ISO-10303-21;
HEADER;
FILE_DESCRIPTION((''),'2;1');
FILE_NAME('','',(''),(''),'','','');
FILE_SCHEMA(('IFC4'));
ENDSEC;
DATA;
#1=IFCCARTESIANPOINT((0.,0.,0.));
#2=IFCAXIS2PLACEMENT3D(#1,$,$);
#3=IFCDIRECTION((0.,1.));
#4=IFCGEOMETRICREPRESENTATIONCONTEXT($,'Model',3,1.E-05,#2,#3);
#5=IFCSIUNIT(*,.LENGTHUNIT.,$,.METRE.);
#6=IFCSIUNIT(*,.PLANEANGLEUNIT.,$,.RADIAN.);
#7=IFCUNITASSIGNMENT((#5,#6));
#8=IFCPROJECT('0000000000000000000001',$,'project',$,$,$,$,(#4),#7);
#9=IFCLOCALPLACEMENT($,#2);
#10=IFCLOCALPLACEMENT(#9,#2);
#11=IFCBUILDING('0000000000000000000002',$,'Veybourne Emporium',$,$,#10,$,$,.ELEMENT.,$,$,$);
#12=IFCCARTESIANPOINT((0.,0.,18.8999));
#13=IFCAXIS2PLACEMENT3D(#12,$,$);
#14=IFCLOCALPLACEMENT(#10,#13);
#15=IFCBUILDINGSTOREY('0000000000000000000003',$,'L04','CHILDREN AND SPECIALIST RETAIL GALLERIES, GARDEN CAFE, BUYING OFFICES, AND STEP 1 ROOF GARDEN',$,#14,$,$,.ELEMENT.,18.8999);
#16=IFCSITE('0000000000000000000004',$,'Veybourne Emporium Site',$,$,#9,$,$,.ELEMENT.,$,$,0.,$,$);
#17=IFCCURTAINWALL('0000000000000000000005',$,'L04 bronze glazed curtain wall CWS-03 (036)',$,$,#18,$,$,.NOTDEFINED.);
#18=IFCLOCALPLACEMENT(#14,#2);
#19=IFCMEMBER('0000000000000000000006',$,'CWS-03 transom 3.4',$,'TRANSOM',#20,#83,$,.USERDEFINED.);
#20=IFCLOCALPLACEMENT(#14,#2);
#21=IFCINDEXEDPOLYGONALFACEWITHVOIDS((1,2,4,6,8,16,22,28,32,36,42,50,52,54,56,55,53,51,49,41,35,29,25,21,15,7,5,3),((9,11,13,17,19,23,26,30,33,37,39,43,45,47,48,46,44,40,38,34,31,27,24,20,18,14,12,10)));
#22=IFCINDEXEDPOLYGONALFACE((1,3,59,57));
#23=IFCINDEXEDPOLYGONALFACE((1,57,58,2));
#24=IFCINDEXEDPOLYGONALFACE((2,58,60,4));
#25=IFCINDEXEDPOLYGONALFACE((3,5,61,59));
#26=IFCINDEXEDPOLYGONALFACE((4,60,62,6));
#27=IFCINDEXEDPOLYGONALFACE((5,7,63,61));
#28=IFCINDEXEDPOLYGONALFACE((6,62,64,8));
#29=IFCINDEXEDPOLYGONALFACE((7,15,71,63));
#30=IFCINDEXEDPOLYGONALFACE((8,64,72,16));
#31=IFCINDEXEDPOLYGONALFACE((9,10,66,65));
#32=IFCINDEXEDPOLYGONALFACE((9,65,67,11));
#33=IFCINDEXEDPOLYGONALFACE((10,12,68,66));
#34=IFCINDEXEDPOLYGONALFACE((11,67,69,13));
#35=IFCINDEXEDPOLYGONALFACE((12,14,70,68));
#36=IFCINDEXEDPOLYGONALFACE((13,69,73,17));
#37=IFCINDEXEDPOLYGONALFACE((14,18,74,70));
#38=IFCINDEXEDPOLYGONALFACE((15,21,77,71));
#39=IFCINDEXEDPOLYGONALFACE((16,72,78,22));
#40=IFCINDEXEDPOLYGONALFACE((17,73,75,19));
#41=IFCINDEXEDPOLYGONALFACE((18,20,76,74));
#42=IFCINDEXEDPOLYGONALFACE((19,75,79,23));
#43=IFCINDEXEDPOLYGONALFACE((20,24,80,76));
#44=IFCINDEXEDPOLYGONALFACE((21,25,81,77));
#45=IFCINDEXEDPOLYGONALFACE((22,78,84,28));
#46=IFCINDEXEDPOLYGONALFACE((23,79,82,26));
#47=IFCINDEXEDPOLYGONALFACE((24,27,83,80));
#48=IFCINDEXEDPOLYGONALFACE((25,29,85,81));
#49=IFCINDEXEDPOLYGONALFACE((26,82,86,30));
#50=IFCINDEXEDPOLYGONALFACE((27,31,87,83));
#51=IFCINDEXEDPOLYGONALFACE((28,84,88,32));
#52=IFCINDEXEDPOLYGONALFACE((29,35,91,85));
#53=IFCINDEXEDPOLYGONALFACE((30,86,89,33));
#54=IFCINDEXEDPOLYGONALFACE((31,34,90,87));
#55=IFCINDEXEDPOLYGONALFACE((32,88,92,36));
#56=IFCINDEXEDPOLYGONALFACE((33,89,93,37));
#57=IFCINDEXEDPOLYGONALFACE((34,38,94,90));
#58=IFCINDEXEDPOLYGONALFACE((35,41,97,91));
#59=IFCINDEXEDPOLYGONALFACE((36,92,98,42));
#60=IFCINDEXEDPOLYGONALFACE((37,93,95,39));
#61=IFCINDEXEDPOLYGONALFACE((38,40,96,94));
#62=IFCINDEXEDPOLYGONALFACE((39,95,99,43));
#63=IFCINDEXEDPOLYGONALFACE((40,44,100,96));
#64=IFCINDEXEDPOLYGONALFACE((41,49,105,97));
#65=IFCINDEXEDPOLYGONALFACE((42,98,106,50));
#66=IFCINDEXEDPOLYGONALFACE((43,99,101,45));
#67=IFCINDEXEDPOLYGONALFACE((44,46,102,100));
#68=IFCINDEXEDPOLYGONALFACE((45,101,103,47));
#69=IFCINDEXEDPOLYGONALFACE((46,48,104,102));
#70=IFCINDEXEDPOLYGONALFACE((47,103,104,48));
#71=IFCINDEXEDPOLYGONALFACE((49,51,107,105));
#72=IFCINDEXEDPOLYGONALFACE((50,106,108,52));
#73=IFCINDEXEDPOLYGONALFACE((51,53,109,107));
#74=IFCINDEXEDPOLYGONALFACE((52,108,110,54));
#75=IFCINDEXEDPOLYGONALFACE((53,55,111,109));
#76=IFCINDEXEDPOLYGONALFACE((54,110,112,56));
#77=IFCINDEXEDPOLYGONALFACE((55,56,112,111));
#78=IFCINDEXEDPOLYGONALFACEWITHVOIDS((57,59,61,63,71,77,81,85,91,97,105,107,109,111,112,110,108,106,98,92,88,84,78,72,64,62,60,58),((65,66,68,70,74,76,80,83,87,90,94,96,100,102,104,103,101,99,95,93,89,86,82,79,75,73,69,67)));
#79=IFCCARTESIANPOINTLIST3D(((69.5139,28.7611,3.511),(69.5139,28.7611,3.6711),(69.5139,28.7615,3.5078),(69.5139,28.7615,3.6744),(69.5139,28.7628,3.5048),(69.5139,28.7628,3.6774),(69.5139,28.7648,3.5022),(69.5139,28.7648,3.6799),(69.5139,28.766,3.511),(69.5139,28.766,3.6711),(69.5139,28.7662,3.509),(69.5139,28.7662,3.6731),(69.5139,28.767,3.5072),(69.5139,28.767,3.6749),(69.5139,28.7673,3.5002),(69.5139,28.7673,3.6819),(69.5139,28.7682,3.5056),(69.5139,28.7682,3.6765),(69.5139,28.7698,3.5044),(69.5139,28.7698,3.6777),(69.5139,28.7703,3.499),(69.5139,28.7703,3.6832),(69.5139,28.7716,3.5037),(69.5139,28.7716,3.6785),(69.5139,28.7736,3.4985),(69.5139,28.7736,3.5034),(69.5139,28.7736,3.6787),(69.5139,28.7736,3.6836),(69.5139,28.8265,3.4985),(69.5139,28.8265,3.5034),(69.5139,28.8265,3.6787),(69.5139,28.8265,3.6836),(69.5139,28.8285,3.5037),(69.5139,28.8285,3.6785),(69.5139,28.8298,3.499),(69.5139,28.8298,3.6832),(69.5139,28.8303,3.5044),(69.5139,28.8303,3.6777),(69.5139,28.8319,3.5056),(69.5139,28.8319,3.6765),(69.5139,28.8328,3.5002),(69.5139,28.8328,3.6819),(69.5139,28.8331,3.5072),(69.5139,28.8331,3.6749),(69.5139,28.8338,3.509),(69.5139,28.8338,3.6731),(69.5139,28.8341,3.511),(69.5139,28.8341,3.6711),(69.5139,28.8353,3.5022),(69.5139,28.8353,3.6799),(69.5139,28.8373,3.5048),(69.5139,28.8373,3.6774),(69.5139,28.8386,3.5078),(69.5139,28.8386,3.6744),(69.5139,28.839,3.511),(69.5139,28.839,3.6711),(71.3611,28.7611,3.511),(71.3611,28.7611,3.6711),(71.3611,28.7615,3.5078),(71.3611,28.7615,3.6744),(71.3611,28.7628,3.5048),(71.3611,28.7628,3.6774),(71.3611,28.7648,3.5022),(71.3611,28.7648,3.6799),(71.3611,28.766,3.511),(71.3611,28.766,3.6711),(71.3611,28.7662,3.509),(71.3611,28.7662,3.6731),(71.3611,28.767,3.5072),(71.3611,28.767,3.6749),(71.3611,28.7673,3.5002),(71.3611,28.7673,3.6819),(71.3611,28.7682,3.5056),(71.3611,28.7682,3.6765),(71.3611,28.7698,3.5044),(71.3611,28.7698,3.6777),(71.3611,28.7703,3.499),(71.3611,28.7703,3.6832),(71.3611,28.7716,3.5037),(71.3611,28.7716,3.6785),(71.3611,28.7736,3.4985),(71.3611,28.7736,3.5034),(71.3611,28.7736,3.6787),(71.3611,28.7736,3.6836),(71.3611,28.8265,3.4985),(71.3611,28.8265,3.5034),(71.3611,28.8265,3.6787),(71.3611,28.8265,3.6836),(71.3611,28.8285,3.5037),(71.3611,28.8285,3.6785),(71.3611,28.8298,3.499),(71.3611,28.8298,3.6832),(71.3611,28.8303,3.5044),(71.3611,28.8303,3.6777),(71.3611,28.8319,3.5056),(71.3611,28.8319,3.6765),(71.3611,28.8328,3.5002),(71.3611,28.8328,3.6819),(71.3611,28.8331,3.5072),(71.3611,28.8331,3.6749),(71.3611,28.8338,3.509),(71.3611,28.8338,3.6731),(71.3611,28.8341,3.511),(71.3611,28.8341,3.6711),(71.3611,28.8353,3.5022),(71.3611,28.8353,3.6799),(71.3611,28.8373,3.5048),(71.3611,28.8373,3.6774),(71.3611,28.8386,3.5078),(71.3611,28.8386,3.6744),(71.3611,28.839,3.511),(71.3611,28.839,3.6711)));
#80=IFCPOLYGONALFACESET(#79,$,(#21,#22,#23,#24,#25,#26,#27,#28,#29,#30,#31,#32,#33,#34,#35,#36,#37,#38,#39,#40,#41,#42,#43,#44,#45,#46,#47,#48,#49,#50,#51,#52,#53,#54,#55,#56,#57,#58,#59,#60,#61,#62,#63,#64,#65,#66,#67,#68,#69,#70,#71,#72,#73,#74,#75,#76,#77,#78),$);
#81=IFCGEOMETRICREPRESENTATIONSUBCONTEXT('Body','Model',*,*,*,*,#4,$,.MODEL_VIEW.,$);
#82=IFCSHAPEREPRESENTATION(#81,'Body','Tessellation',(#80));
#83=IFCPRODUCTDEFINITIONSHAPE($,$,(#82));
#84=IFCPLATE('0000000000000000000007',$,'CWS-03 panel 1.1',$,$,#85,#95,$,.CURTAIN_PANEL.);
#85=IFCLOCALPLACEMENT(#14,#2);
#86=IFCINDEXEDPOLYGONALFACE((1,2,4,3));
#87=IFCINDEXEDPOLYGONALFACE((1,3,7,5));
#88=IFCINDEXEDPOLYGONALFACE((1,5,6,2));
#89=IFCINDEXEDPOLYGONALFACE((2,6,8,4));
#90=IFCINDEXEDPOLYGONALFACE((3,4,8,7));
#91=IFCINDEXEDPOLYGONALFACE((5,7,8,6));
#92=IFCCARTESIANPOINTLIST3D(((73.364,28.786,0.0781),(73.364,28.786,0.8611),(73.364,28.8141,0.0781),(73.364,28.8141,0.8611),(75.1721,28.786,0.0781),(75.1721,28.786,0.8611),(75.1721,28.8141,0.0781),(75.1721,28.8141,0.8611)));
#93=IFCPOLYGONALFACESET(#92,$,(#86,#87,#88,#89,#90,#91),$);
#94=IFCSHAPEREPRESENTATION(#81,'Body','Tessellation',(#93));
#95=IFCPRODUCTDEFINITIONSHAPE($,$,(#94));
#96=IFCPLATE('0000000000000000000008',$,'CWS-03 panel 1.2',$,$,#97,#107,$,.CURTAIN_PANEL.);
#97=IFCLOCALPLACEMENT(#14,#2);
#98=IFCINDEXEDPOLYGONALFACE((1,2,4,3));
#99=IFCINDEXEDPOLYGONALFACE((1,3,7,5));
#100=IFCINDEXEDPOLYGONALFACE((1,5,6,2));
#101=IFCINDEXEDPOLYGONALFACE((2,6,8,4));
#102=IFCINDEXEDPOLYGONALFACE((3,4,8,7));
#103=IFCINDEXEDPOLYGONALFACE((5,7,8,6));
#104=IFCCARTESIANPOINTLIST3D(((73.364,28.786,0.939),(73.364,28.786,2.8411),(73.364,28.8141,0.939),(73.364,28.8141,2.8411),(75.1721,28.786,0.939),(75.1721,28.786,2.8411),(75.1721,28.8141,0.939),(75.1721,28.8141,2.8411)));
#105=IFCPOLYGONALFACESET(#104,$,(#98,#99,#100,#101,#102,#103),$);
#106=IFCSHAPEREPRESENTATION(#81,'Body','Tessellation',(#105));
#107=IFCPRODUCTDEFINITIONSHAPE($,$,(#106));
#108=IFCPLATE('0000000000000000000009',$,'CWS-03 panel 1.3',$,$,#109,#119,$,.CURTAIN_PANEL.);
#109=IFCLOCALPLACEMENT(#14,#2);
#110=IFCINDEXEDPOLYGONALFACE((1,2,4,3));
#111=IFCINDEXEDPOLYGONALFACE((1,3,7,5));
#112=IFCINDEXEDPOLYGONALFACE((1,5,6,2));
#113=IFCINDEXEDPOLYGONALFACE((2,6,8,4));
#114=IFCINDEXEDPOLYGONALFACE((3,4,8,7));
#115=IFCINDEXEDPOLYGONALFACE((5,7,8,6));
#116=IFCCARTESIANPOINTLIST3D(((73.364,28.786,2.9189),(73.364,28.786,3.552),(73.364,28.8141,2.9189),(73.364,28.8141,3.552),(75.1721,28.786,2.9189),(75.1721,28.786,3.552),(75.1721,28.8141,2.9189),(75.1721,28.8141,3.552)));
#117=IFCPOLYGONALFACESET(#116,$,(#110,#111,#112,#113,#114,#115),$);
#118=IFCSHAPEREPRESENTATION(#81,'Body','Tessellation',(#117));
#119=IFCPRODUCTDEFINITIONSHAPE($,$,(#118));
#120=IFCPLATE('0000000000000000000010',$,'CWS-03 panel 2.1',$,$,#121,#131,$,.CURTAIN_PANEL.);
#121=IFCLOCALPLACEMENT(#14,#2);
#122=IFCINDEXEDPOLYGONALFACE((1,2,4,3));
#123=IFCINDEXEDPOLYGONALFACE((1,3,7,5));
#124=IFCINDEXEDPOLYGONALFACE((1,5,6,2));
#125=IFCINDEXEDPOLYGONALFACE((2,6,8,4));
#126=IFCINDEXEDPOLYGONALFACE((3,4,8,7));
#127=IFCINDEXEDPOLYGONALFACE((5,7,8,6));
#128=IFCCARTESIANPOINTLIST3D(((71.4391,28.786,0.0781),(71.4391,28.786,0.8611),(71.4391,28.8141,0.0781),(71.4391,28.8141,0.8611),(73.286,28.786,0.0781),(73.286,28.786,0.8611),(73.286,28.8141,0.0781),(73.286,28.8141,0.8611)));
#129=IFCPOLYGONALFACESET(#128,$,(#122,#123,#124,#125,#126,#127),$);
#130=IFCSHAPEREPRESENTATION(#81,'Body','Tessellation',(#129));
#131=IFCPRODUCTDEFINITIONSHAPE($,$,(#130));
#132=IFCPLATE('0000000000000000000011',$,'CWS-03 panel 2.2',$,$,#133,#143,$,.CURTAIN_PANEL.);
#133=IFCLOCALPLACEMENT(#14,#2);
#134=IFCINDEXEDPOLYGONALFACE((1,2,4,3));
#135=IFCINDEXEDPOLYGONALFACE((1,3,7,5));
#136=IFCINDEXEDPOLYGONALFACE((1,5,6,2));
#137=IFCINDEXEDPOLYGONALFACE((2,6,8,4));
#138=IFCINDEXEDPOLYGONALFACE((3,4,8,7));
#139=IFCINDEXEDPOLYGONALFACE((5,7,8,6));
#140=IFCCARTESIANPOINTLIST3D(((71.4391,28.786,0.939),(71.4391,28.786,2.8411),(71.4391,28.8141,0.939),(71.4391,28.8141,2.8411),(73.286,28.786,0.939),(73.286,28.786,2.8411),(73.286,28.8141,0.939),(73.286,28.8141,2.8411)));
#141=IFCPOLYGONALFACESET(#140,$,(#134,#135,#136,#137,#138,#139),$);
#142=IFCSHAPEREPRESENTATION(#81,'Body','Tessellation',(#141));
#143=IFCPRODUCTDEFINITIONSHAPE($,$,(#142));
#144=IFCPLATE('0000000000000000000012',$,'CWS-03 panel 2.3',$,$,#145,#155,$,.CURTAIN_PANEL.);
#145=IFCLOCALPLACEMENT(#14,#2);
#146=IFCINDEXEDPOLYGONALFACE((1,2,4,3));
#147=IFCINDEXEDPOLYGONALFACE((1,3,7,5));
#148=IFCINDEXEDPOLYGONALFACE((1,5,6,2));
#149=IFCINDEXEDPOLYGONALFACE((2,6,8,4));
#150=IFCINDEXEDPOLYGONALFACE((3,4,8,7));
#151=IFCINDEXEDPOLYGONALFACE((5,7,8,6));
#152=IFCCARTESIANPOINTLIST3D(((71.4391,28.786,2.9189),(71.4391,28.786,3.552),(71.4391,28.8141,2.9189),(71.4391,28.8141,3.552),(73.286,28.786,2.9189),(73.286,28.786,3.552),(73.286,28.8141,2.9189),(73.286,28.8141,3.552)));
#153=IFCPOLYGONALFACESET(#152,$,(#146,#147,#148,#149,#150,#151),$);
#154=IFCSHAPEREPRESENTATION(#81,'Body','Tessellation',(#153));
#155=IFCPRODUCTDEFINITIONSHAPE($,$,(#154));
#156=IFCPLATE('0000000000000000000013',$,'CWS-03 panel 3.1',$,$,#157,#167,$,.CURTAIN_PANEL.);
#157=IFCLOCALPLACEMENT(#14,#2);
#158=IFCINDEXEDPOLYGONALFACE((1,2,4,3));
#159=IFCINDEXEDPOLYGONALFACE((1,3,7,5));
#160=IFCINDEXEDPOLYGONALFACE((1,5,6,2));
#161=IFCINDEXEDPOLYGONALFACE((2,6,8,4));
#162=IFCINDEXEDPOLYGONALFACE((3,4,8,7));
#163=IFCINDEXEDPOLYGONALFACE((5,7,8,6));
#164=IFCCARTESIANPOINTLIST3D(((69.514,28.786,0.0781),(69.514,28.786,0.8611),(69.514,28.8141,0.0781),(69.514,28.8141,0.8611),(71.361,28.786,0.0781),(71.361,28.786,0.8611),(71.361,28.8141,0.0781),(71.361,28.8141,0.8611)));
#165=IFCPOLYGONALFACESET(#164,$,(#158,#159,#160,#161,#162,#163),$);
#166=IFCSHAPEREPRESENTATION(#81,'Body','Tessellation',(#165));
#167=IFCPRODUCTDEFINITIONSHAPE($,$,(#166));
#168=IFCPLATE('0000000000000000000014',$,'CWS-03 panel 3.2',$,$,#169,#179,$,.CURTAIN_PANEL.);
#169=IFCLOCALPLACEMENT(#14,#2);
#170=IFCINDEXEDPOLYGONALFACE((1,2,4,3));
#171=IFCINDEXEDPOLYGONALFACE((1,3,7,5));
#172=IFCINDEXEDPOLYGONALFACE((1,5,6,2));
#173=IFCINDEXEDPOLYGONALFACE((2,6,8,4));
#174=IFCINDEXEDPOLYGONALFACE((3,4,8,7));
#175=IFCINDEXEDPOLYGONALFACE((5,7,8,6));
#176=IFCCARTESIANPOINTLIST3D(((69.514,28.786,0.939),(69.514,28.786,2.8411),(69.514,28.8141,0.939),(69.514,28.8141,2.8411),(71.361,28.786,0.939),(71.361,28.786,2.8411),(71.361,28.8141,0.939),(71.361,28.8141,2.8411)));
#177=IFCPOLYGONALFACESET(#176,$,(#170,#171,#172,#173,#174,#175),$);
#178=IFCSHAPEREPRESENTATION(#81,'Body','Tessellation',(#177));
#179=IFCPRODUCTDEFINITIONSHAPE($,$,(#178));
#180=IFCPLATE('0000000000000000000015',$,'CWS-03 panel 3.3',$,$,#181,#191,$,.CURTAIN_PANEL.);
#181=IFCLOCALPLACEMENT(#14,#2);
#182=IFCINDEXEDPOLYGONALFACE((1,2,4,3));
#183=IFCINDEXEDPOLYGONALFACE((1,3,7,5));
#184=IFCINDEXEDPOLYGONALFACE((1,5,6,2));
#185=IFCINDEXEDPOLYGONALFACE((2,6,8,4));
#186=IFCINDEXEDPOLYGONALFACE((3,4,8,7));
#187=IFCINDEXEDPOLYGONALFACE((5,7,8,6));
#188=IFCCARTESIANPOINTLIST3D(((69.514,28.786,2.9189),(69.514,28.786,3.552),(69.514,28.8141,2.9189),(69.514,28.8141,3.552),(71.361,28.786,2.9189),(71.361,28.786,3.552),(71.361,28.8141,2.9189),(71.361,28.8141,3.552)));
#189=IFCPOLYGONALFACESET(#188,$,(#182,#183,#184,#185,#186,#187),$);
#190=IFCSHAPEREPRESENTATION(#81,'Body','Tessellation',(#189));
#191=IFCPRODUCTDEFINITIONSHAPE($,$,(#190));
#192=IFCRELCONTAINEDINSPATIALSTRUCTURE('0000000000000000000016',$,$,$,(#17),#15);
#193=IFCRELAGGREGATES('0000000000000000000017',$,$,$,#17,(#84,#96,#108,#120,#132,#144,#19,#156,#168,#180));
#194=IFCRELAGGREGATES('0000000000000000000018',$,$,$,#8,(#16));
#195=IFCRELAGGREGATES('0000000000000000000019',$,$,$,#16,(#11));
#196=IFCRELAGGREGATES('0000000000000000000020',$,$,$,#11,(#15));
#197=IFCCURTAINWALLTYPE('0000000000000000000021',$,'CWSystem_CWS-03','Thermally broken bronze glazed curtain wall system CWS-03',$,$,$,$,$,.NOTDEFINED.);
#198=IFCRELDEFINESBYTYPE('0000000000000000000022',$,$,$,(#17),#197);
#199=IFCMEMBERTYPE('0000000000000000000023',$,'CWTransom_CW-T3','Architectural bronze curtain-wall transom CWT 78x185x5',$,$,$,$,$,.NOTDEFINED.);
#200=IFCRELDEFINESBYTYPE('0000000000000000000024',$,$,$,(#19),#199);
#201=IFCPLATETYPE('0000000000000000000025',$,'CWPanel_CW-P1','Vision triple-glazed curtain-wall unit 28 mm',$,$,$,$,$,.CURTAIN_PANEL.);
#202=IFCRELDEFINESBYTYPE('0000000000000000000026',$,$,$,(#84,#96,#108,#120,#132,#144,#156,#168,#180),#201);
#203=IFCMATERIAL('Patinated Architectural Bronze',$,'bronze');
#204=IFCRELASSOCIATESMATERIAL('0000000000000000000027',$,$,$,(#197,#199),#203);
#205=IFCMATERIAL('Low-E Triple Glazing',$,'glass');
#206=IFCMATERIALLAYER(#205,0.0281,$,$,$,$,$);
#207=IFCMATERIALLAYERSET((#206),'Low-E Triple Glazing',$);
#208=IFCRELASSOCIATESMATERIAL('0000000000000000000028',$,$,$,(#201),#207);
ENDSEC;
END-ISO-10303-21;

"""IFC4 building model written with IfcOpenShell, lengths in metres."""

from ifc_helpers import new_model, si_unit, direction, frame, origin, origin_2d, place, context, subcontext, project, spatial, rectangle, hollow_rectangle, extrude, material, layer, layer_set, material_profile, profile_set, type_object, element, aggregate, save


model = new_model("IFC4")

# Units and contexts
model_context = context("Model", 3, precision=1e-05, world=origin(), true_north=direction((0.0, 1.0)))
body_context = subcontext(model_context, "Body", "Model", "MODEL_VIEW")
ifc_project = project(units=[si_unit("LENGTHUNIT", "METRE"), si_unit("PLANEANGLEUNIT", "RADIAN")], contexts=[model_context])

# Site, building, storey
site_placement = place(None, origin())
site = spatial("IfcSite", under=ifc_project, at=site_placement, Name="Veybourne Emporium Site", CompositionType="ELEMENT", RefElevation=0.0)
building_placement = place(site_placement, origin())
building = spatial("IfcBuilding", under=site, at=building_placement, Name="Veybourne Emporium", CompositionType="ELEMENT")
storey_placement = place(building_placement, frame((0.0, 0.0, 18.8999)))
storey = spatial("IfcBuildingStorey", under=building, at=storey_placement, Name="L04", Description="CHILDREN AND SPECIALIST RETAIL GALLERIES, GARDEN CAFE, BUYING OFFICES, AND STEP 1 ROOF GARDEN", CompositionType="ELEMENT", Elevation=18.8999)

# Curtain wall, member, plates
ifc_material_1 = material(Name="Patinated Architectural Bronze", Category="bronze")
curtain_wall_type = type_object("IfcCurtainWallType", Name="CWSystem_CWS-03", Description="Thermally broken bronze glazed curtain wall system CWS-03", PredefinedType="NOTDEFINED", material=ifc_material_1)
curtain_wall_placement = place(storey_placement, origin())
curtain_wall = element("IfcCurtainWall", 1, at=curtain_wall_placement, inside=storey, type_object=curtain_wall_type, Name="L04 bronze glazed curtain wall CWS-03 (036)", PredefinedType="NOTDEFINED")
ifc_material_profile_1 = material_profile(ifc_material_1, hollow_rectangle(XDim=0.0779, YDim=0.1851, WallThickness=0.0049, InnerFilletRadius=0.0076, OuterFilletRadius=0.0125, at=origin_2d()), Name="CWT 78x185x5")
ifc_profile_set_1 = profile_set([ifc_material_profile_1], Name="Patinated Architectural Bronze")
member_type_1 = type_object("IfcMemberType", Name="CWTransom_CW-T3", Description="Architectural bronze curtain-wall transom CWT 78x185x5", PredefinedType="NOTDEFINED", material=ifc_profile_set_1)
member_1_placement = place(storey_placement, frame((71.3611, 28.8, 3.5911), z_axis=(-1.0, 0.0, 0.0), x_axis=(0.0, -1.0, 0.0)))
member_1 = element("IfcMember", 2, at=member_1_placement, type_object=member_type_1, Name="CWS-03 transom 3.4", ObjectType="TRANSOM", PredefinedType="USERDEFINED", context=body_context, shape_type="SweptSolid", body=[
    extrude(hollow_rectangle(XDim=0.0779, YDim=0.1851, WallThickness=0.0049, InnerFilletRadius=0.0076, OuterFilletRadius=0.0125, at=origin_2d()), origin(), (0.0, 0.0, 1.0), 1.8472),
])
ifc_material_2 = material(Name="Low-E Triple Glazing", Category="glass")
ifc_layer_1 = layer(ifc_material_2, 0.0281)
ifc_layer_set_1 = layer_set([ifc_layer_1], Name="Low-E Triple Glazing")
plate_type = type_object("IfcPlateType", Name="CWPanel_CW-P1", Description="Vision triple-glazed curtain-wall unit 28 mm", PredefinedType="CURTAIN_PANEL", material=ifc_layer_set_1)
plate_1_placement = place(storey_placement, frame((74.2681, 28.8, 0.0781), z_axis=(0.0, 0.0, 1.0), x_axis=(-1.0, 0.0, 0.0)))
plate_1 = element("IfcPlate", 3, at=plate_1_placement, type_object=plate_type, Name="CWS-03 panel 1.1", PredefinedType="CURTAIN_PANEL", context=body_context, shape_type="SweptSolid", body=[
    extrude(rectangle(XDim=1.8081, YDim=0.0281, at=origin_2d()), origin(), (0.0, 0.0, 1.0), 0.783),
])
plate_2_placement = place(storey_placement, frame((74.2681, 28.8, 0.939), z_axis=(0.0, 0.0, 1.0), x_axis=(-1.0, 0.0, 0.0)))
plate_2 = element("IfcPlate", 4, at=plate_2_placement, type_object=plate_type, Name="CWS-03 panel 1.2", PredefinedType="CURTAIN_PANEL", context=body_context, shape_type="SweptSolid", body=[
    extrude(rectangle(XDim=1.8081, YDim=0.0281, at=origin_2d()), origin(), (0.0, 0.0, 1.0), 1.9021),
])
plate_3_placement = place(storey_placement, frame((74.2681, 28.8, 2.9189), z_axis=(0.0, 0.0, 1.0), x_axis=(-1.0, 0.0, 0.0)))
plate_3 = element("IfcPlate", 5, at=plate_3_placement, type_object=plate_type, Name="CWS-03 panel 1.3", PredefinedType="CURTAIN_PANEL", context=body_context, shape_type="SweptSolid", body=[
    extrude(rectangle(XDim=1.8081, YDim=0.0281, at=origin_2d()), origin(), (0.0, 0.0, 1.0), 0.6331),
])
plate_4_placement = place(storey_placement, frame((72.3625, 28.8, 0.0781), z_axis=(0.0, 0.0, 1.0), x_axis=(-1.0, 0.0, 0.0)))
plate_4 = element("IfcPlate", 6, at=plate_4_placement, type_object=plate_type, Name="CWS-03 panel 2.1", PredefinedType="CURTAIN_PANEL", context=body_context, shape_type="SweptSolid", body=[
    extrude(rectangle(XDim=1.8469, YDim=0.0281, at=origin_2d()), origin(), (0.0, 0.0, 1.0), 0.783),
])
plate_5_placement = place(storey_placement, frame((72.3625, 28.8, 0.939), z_axis=(0.0, 0.0, 1.0), x_axis=(-1.0, 0.0, 0.0)))
plate_5 = element("IfcPlate", 7, at=plate_5_placement, type_object=plate_type, Name="CWS-03 panel 2.2", PredefinedType="CURTAIN_PANEL", context=body_context, shape_type="SweptSolid", body=[
    extrude(rectangle(XDim=1.8469, YDim=0.0281, at=origin_2d()), origin(), (0.0, 0.0, 1.0), 1.9021),
])
plate_6_placement = place(storey_placement, frame((72.3625, 28.8, 2.9189), z_axis=(0.0, 0.0, 1.0), x_axis=(-1.0, 0.0, 0.0)))
plate_6 = element("IfcPlate", 8, at=plate_6_placement, type_object=plate_type, Name="CWS-03 panel 2.3", PredefinedType="CURTAIN_PANEL", context=body_context, shape_type="SweptSolid", body=[
    extrude(rectangle(XDim=1.8469, YDim=0.0281, at=origin_2d()), origin(), (0.0, 0.0, 1.0), 0.6331),
])
plate_7_placement = place(storey_placement, frame((70.4375, 28.8, 0.0781), z_axis=(0.0, 0.0, 1.0), x_axis=(-1.0, 0.0, 0.0)))
plate_7 = element("IfcPlate", 9, at=plate_7_placement, type_object=plate_type, Name="CWS-03 panel 3.1", PredefinedType="CURTAIN_PANEL", context=body_context, shape_type="SweptSolid", body=[
    extrude(rectangle(XDim=1.8469, YDim=0.0281, at=origin_2d()), origin(), (0.0, 0.0, 1.0), 0.783),
])
plate_8_placement = place(storey_placement, frame((70.4375, 28.8, 0.939), z_axis=(0.0, 0.0, 1.0), x_axis=(-1.0, 0.0, 0.0)))
plate_8 = element("IfcPlate", 10, at=plate_8_placement, type_object=plate_type, Name="CWS-03 panel 3.2", PredefinedType="CURTAIN_PANEL", context=body_context, shape_type="SweptSolid", body=[
    extrude(rectangle(XDim=1.8469, YDim=0.0281, at=origin_2d()), origin(), (0.0, 0.0, 1.0), 1.9021),
])
plate_9_placement = place(storey_placement, frame((70.4375, 28.8, 2.9189), z_axis=(0.0, 0.0, 1.0), x_axis=(-1.0, 0.0, 0.0)))
plate_9 = element("IfcPlate", 11, at=plate_9_placement, type_object=plate_type, Name="CWS-03 panel 3.3", PredefinedType="CURTAIN_PANEL", context=body_context, shape_type="SweptSolid", body=[
    extrude(rectangle(XDim=1.8469, YDim=0.0281, at=origin_2d()), origin(), (0.0, 0.0, 1.0), 0.6331),
])
aggregate(curtain_wall, [plate_1, plate_2, plate_3, plate_4, plate_5, plate_6, member_1, plate_7, plate_8, plate_9])

save(model, "model.ifc")
